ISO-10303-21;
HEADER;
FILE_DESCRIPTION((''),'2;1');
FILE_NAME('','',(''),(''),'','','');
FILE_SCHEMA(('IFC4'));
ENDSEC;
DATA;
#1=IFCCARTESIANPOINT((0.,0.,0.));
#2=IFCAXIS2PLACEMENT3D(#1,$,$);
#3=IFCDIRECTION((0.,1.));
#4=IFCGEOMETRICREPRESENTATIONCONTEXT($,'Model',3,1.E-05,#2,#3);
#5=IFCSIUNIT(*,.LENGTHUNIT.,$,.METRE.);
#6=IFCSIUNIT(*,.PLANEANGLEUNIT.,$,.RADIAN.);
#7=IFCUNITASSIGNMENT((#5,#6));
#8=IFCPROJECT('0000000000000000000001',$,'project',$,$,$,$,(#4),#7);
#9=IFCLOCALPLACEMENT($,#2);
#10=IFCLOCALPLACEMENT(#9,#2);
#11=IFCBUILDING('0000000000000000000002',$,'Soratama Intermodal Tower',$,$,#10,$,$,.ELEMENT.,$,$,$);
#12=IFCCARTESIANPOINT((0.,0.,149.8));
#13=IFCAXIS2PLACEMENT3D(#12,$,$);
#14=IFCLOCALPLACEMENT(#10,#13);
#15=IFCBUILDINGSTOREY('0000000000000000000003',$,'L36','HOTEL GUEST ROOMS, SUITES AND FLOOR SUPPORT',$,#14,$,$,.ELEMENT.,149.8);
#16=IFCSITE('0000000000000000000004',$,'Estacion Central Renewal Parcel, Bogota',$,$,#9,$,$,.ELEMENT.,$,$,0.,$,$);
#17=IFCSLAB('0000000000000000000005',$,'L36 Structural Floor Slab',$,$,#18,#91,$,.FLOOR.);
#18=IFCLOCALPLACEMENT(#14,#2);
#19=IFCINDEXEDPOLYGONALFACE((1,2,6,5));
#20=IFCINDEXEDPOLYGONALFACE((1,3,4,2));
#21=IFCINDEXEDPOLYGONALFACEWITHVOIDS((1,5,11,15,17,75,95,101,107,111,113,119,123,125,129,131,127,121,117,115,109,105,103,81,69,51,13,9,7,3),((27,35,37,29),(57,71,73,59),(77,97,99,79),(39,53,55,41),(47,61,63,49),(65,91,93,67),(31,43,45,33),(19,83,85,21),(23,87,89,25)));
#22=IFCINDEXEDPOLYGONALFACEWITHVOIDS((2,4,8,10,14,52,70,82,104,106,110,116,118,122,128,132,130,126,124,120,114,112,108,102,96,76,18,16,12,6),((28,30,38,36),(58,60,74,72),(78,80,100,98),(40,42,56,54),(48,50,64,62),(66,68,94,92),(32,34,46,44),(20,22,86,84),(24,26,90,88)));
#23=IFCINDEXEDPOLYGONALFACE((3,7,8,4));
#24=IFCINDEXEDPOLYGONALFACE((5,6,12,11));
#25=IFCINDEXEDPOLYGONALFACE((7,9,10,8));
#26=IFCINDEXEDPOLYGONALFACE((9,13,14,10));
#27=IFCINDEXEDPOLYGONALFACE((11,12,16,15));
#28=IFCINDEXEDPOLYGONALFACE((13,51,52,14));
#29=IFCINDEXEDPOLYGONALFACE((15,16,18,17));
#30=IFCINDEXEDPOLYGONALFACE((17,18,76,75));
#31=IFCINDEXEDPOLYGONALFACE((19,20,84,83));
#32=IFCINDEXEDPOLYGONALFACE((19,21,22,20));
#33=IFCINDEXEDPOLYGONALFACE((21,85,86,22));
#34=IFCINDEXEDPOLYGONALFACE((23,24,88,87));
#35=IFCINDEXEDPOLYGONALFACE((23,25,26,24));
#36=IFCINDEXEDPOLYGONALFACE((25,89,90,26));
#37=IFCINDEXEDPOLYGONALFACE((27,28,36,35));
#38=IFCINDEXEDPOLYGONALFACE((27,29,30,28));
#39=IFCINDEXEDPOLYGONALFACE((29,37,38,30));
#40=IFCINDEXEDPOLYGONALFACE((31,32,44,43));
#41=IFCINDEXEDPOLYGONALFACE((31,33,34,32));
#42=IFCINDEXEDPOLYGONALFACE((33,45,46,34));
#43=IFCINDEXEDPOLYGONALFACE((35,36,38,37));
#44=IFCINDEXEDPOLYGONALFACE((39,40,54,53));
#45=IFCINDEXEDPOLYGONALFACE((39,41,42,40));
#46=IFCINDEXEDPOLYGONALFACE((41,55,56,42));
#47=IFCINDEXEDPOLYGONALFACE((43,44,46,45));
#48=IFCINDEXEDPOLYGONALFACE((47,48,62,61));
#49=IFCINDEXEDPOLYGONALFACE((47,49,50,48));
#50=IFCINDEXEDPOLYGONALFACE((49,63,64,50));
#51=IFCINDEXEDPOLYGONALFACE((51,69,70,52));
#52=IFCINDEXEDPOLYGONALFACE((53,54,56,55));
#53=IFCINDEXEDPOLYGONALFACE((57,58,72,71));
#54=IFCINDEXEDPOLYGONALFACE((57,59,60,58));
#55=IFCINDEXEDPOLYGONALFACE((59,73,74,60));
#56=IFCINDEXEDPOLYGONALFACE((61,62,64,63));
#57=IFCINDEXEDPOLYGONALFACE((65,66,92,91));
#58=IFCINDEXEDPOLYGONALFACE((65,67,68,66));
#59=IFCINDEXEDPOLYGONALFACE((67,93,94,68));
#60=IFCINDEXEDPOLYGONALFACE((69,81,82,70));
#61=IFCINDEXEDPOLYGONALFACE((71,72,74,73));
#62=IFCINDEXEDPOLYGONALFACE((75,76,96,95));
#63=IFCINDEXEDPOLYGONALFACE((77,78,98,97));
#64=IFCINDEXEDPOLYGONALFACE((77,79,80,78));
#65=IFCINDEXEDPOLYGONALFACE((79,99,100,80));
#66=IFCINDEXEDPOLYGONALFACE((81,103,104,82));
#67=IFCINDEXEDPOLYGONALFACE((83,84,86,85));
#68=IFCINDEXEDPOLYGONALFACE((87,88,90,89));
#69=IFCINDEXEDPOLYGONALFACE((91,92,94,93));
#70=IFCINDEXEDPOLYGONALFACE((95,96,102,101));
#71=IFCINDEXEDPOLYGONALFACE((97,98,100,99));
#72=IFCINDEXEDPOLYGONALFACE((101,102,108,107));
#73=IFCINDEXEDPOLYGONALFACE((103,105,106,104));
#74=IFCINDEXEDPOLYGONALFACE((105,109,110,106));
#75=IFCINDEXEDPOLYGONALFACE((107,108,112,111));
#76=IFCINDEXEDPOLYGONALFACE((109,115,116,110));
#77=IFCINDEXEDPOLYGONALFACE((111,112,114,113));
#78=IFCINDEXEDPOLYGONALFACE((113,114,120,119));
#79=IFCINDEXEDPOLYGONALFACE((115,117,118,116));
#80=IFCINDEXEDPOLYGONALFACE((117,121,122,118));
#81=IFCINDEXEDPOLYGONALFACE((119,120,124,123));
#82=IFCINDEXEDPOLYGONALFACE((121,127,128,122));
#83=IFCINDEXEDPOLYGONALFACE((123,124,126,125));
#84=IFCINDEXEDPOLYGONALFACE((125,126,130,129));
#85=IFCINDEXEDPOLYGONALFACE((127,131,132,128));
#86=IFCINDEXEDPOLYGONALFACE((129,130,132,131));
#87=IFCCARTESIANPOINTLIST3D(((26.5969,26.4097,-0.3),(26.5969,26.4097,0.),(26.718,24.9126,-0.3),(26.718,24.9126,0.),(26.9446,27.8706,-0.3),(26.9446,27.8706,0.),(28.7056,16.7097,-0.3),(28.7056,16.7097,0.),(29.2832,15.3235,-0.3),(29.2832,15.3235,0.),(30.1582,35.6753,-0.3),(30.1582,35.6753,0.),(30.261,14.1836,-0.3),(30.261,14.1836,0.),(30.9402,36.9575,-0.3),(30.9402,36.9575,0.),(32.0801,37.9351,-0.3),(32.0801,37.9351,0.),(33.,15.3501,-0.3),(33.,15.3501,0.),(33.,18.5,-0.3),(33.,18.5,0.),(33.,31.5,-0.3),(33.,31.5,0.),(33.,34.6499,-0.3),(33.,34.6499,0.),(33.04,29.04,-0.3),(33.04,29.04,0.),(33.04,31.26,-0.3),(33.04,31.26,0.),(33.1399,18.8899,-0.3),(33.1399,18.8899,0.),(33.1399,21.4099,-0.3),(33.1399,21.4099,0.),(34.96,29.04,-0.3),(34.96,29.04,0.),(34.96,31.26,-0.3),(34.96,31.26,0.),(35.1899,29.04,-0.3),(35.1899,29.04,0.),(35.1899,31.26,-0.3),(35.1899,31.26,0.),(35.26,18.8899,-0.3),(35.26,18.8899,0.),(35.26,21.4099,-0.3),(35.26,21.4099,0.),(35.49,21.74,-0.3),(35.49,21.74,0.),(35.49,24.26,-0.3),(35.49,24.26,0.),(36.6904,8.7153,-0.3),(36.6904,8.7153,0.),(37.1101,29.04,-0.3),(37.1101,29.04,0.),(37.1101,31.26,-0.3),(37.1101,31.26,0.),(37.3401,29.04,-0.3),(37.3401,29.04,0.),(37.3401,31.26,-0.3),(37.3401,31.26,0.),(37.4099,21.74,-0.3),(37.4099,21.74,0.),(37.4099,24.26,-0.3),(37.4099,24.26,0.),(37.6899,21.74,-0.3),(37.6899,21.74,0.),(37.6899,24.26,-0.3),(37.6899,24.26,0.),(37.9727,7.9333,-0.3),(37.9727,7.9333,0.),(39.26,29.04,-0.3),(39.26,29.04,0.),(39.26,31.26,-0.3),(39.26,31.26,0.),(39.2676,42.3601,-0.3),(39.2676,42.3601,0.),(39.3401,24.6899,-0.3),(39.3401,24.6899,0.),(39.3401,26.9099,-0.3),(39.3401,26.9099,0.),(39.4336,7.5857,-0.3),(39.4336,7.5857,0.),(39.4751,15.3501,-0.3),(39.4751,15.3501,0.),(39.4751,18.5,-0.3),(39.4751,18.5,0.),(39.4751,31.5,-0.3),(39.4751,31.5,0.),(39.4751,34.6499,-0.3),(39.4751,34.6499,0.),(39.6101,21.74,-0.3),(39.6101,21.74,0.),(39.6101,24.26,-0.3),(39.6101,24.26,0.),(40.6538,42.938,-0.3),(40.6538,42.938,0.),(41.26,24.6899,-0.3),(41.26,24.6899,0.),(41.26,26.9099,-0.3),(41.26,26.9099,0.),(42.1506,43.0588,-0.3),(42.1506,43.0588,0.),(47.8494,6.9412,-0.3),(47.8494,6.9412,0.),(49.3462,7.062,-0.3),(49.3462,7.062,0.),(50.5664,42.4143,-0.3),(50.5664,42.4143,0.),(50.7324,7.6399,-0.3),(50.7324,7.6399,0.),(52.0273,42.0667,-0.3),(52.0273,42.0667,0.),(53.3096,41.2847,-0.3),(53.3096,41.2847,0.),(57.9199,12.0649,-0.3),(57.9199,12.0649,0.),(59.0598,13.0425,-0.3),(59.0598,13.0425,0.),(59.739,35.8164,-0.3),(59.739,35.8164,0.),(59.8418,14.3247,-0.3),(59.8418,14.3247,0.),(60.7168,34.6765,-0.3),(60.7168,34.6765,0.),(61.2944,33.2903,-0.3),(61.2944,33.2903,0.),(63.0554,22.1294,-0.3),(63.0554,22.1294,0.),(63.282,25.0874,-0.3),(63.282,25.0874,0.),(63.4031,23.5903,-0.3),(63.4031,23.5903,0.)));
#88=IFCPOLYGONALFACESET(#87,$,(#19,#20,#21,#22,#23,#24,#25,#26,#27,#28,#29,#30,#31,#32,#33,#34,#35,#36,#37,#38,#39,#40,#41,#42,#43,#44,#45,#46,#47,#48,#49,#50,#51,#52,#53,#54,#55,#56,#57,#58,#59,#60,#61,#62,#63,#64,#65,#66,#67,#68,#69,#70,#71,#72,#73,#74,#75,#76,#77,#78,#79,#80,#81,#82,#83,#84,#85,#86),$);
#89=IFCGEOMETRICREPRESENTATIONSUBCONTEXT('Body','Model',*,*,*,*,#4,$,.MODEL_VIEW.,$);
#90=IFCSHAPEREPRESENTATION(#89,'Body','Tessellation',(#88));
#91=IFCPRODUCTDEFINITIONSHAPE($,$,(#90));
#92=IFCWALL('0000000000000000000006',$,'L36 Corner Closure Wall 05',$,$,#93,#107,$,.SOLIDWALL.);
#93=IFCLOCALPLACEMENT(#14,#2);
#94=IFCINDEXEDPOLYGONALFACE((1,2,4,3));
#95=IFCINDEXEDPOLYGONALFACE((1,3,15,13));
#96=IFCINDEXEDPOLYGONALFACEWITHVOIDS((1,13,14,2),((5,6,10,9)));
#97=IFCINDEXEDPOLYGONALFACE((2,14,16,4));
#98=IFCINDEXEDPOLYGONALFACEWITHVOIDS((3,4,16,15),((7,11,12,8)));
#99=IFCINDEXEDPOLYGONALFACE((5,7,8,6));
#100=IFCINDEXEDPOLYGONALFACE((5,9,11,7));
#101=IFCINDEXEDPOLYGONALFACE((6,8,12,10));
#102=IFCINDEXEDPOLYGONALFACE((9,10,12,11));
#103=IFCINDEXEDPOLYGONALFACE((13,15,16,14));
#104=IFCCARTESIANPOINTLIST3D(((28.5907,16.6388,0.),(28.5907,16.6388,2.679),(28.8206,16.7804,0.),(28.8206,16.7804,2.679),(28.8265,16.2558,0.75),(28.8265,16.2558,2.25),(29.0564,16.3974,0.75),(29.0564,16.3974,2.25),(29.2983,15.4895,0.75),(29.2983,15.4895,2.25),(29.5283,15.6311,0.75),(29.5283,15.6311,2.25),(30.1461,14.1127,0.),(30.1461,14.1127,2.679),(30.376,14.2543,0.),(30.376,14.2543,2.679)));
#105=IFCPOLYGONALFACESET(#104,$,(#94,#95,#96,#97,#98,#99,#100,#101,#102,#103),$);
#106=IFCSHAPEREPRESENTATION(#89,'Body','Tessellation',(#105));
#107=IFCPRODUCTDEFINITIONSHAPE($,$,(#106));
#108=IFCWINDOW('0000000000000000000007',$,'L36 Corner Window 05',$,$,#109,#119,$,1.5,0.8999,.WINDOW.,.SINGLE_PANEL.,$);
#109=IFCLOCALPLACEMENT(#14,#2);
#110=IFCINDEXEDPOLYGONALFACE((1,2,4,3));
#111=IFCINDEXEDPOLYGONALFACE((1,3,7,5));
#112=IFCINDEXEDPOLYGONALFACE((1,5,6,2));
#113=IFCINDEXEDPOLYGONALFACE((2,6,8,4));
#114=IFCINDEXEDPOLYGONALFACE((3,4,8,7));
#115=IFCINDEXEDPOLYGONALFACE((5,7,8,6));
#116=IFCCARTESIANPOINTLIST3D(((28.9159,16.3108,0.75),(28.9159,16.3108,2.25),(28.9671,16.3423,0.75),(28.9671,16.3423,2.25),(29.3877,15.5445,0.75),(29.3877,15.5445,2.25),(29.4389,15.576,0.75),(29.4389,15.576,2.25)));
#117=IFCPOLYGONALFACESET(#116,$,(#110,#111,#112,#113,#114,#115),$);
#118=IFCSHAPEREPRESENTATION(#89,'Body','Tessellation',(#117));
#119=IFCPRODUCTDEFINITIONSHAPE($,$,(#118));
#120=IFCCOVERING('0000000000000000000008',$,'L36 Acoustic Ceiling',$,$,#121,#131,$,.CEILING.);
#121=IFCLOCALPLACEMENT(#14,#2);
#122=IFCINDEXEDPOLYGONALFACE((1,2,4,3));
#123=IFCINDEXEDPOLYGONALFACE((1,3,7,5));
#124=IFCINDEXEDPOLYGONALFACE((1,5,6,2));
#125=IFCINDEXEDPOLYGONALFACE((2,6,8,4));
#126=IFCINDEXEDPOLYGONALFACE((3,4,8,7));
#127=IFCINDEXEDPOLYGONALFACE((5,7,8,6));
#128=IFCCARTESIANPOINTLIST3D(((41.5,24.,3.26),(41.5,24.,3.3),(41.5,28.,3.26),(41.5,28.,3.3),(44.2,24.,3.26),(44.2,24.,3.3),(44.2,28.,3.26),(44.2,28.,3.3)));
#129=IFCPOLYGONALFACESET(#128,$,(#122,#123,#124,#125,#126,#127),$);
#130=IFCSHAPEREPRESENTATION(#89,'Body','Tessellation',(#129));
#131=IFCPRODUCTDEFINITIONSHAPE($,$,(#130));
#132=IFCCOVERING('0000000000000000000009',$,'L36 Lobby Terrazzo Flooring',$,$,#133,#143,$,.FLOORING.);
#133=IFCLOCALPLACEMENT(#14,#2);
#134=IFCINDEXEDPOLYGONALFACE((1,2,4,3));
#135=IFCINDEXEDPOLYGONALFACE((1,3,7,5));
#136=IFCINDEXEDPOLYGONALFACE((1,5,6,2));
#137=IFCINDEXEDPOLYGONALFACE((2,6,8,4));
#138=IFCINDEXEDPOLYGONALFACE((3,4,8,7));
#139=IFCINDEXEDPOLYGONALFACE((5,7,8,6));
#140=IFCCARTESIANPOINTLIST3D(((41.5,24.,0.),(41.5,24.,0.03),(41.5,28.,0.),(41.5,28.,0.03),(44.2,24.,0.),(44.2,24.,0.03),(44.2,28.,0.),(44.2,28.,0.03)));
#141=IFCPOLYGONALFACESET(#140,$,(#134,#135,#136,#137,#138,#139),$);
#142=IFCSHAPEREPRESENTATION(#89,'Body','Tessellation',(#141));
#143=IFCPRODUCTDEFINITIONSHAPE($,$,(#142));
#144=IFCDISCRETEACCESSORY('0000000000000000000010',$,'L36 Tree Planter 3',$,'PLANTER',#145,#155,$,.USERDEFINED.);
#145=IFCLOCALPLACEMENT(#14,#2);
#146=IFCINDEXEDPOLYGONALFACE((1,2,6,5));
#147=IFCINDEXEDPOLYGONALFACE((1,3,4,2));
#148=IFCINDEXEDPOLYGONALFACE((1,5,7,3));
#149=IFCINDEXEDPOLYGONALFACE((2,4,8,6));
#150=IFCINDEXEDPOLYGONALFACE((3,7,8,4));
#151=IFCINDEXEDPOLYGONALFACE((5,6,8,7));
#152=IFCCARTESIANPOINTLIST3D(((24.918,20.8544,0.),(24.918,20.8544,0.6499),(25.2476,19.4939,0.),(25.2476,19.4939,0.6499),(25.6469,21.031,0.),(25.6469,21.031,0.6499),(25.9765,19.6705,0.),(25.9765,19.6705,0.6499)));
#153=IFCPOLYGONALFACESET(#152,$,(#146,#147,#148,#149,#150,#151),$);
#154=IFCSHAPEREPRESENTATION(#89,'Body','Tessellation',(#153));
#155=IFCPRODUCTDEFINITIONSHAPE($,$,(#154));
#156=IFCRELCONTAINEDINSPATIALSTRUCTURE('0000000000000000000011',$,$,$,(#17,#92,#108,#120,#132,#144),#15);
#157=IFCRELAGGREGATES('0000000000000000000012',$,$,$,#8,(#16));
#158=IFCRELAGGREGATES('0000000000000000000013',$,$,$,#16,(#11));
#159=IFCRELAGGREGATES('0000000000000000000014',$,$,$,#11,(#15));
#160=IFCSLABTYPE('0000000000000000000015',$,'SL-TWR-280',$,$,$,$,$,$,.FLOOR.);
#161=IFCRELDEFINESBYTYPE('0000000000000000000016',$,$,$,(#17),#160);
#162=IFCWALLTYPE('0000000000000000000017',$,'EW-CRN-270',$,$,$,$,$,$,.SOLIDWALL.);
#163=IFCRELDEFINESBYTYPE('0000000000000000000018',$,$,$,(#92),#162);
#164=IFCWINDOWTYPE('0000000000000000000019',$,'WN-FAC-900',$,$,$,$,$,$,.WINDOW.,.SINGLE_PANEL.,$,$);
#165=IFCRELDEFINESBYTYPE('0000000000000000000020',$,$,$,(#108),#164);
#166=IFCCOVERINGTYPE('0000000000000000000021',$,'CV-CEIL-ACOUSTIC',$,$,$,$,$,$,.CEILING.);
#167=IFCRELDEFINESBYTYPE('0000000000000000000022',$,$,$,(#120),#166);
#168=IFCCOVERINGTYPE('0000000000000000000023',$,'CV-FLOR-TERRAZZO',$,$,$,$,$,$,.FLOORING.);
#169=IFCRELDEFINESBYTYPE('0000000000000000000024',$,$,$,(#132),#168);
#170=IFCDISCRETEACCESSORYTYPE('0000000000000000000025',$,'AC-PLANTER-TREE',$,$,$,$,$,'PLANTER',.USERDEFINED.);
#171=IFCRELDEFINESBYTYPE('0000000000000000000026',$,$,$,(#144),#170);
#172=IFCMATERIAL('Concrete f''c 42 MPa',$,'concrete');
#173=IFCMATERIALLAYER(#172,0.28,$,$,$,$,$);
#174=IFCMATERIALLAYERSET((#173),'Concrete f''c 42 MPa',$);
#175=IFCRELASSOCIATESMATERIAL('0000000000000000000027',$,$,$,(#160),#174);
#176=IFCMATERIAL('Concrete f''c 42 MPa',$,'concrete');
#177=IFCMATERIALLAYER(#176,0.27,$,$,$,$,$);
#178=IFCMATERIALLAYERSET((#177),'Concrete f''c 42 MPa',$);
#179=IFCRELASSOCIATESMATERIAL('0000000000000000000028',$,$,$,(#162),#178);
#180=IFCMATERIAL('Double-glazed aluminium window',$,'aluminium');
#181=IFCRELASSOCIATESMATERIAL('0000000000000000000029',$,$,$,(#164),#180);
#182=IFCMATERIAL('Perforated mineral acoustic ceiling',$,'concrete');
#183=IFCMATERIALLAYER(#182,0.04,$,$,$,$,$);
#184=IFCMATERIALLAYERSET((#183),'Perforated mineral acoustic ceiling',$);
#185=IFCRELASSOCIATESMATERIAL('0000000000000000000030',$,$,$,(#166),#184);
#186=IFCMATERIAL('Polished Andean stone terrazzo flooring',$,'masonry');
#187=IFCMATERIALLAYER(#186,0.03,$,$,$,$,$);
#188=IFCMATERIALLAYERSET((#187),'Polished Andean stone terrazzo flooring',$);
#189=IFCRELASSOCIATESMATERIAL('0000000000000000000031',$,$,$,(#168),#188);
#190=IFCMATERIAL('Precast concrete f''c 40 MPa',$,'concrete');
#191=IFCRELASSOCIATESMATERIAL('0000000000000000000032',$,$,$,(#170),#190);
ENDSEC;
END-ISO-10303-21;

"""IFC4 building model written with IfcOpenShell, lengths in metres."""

from ifc_helpers import new_model, si_unit, direction, frame, frame_2d, origin, origin_2d, place, context, subcontext, project, spatial, polyline, rectangle, outline, extrude, material, layer, layer_set, type_object, element, fill, save


model = new_model("IFC4")

# Units and contexts
model_context = context("Model", 3, precision=1e-05, world=origin(), true_north=direction((0.0, 1.0)))
body_context = subcontext(model_context, "Body", "Model", "MODEL_VIEW")
ifc_project = project(units=[si_unit("LENGTHUNIT", "METRE"), si_unit("PLANEANGLEUNIT", "RADIAN")], contexts=[model_context])

# Site, building, storey
site_placement = place(None, origin())
site = spatial("IfcSite", under=ifc_project, at=site_placement, Name="Estacion Central Renewal Parcel, Bogota", CompositionType="ELEMENT", RefElevation=0.0)
building_placement = place(site_placement, origin())
building = spatial("IfcBuilding", under=site, at=building_placement, Name="Soratama Intermodal Tower", CompositionType="ELEMENT")
storey_placement = place(building_placement, frame((0.0, 0.0, 149.8)))
storey = spatial("IfcBuildingStorey", under=building, at=storey_placement, Name="L36", Description="HOTEL GUEST ROOMS, SUITES AND FLOOR SUPPORT", CompositionType="ELEMENT", Elevation=149.8)

# Slab
ifc_material_1 = material(Name="Concrete f'c 42 MPa", Category="concrete")
ifc_layer_1 = layer(ifc_material_1, 0.28)
ifc_layer_set_1 = layer_set([ifc_layer_1], Name="Concrete f'c 42 MPa")
slab_type_1 = type_object("IfcSlabType", Name="SL-TWR-280", PredefinedType="FLOOR", material=ifc_layer_set_1)
slab_1_placement = place(storey_placement, frame((0.0, 0.0, -0.3)))
element("IfcSlab", 1, at=slab_1_placement, inside=storey, type_object=slab_type_1, Name="L36 Structural Floor Slab", PredefinedType="FLOOR", context=body_context, shape_type="SweptSolid", body=[
    extrude(outline(polyline([(61.2944, 33.2903), (60.7168, 34.6765), (59.739, 35.8164), (53.3096, 41.2847), (52.0273, 42.0667), (50.5664, 42.4143), (42.1506, 43.0588), (40.6538, 42.938), (39.2676, 42.3601), (32.0801, 37.9351), (30.9402, 36.9575), (30.1582, 35.6753), (26.9446, 27.8706), (26.5969, 26.4097), (26.718, 24.9126), (28.7056, 16.7097), (29.2832, 15.3235), (30.261, 14.1836), (36.6904, 8.7153), (37.9727, 7.9333), (39.4336, 7.5857), (47.8494, 6.9412), (49.3462, 7.062), (50.7324, 7.6399), (57.9199, 12.0649), (59.0598, 13.0425), (59.8418, 14.3247), (63.0554, 22.1294), (63.4031, 23.5903), (63.282, 25.0874), (61.2944, 33.2903)]), holes=[polyline([(33.0, 18.5), (33.0, 15.3501), (39.4751, 15.3501), (39.4751, 18.5), (33.0, 18.5)]), polyline([(35.26, 21.4099), (33.1399, 21.4099), (33.1399, 18.8899), (35.26, 18.8899), (35.26, 21.4099)]), polyline([(37.4099, 24.26), (35.49, 24.26), (35.49, 21.74), (37.4099, 21.74), (37.4099, 24.26)]), polyline([(39.6101, 24.26), (37.6899, 24.26), (37.6899, 21.74), (39.6101, 21.74), (39.6101, 24.26)]), polyline([(41.26, 26.9099), (39.3401, 26.9099), (39.3401, 24.6899), (41.26, 24.6899), (41.26, 26.9099)]), polyline([(34.96, 31.26), (33.04, 31.26), (33.04, 29.04), (34.96, 29.04), (34.96, 31.26)]), polyline([(37.1101, 31.26), (35.1899, 31.26), (35.1899, 29.04), (37.1101, 29.04), (37.1101, 31.26)]), polyline([(39.26, 29.04), (39.26, 31.26), (37.3401, 31.26), (37.3401, 29.04), (39.26, 29.04)]), polyline([(39.4751, 34.6499), (33.0, 34.6499), (33.0, 31.5), (39.4751, 31.5), (39.4751, 34.6499)])]), origin(), (0.0, 0.0, 1.0), 0.3),
])

# Wall, opening, window
ifc_material_2 = material(Name="Concrete f'c 42 MPa", Category="concrete")
ifc_layer_2 = layer(ifc_material_2, 0.27)
ifc_layer_set_2 = layer_set([ifc_layer_2], Name="Concrete f'c 42 MPa")
wall_type = type_object("IfcWallType", Name="EW-CRN-270", PredefinedType="SOLIDWALL", material=ifc_layer_set_2)
wall_placement = place(storey_placement, frame((28.7056, 16.7097, 0.0), z_axis=(0.0, 0.0, 1.0), x_axis=(0.524313, -0.851525, 0.0)))
wall = element("IfcWall", 2, at=wall_placement, inside=storey, type_object=wall_type, Name="L36 Corner Closure Wall 05", PredefinedType="SOLIDWALL", context=body_context, shape_type="SweptSolid", body=[
    extrude(rectangle(XDim=2.9666, YDim=0.27, at=frame_2d((1.4834, 0.0))), origin(), (0.0, 0.0, 1.0), 2.679),
])
opening_placement = place(wall_placement, frame((0.45, 0.0, 0.75)))
opening = element("IfcOpeningElement", 3, at=opening_placement, cuts=wall, PredefinedType="OPENING", context=body_context, shape_type="SweptSolid", body=[
    extrude(rectangle(XDim=0.8999, YDim=1.5, at=frame_2d((0.45, 0.75))), frame((0.0, 0.145, 0.0), z_axis=(0.0, -1.0, 0.0), x_axis=(1.0, 0.0, 0.0)), (0.0, 0.0, 1.0), 0.29),
])
ifc_material_3 = material(Name="Double-glazed aluminium window", Category="aluminium")
window_type = type_object("IfcWindowType", Name="WN-FAC-900", PartitioningType="SINGLE_PANEL", PredefinedType="WINDOW", material=ifc_material_3)
window_placement = place(opening_placement, origin())
window = element("IfcWindow", 4, at=window_placement, inside=storey, type_object=window_type, Name="L36 Corner Window 05", OverallHeight=1.5, OverallWidth=0.8999, PartitioningType="SINGLE_PANEL", PredefinedType="WINDOW", context=body_context, shape_type="SweptSolid", body=[
    extrude(rectangle(XDim=0.8999, YDim=1.5, at=frame_2d((0.45, 0.75))), frame((0.0, 0.03, 0.0), z_axis=(0.0, -1.0, 0.0), x_axis=(1.0, 0.0, 0.0)), (0.0, 0.0, 1.0), 0.0601),
])
fill(opening, window)

# Coverings
ifc_material_4 = material(Name="Perforated mineral acoustic ceiling", Category="concrete")
ifc_layer_3 = layer(ifc_material_4, 0.04)
ifc_layer_set_3 = layer_set([ifc_layer_3], Name="Perforated mineral acoustic ceiling")
covering_type_1 = type_object("IfcCoveringType", Name="CV-CEIL-ACOUSTIC", PredefinedType="CEILING", material=ifc_layer_set_3)
covering_1_placement = place(storey_placement, frame((0.0, 0.0, 3.26)))
element("IfcCovering", 5, at=covering_1_placement, inside=storey, type_object=covering_type_1, Name="L36 Acoustic Ceiling", PredefinedType="CEILING", context=body_context, shape_type="SweptSolid", body=[
    extrude(outline(polyline([(41.5, 24.0), (44.2, 24.0), (44.2, 28.0), (41.5, 28.0), (41.5, 24.0)])), origin(), (0.0, 0.0, 1.0), 0.04),
])
ifc_material_5 = material(Name="Polished Andean stone terrazzo flooring", Category="masonry")
ifc_layer_4 = layer(ifc_material_5, 0.03)
ifc_layer_set_4 = layer_set([ifc_layer_4], Name="Polished Andean stone terrazzo flooring")
covering_type_2 = type_object("IfcCoveringType", Name="CV-FLOR-TERRAZZO", PredefinedType="FLOORING", material=ifc_layer_set_4)
covering_2_placement = place(storey_placement, origin())
element("IfcCovering", 6, at=covering_2_placement, inside=storey, type_object=covering_type_2, Name="L36 Lobby Terrazzo Flooring", PredefinedType="FLOORING", context=body_context, shape_type="SweptSolid", body=[
    extrude(outline(polyline([(41.5, 24.0), (44.2, 24.0), (44.2, 28.0), (41.5, 28.0), (41.5, 24.0)])), origin(), (0.0, 0.0, 1.0), 0.03),
])

# Discrete accessory
ifc_material_6 = material(Name="Precast concrete f'c 40 MPa", Category="concrete")
discrete_accessory_type = type_object("IfcDiscreteAccessoryType", Name="AC-PLANTER-TREE", ElementType="PLANTER", PredefinedType="USERDEFINED", material=ifc_material_6)
discrete_accessory_placement = place(storey_placement, frame((25.4473, 20.2625, 0.0), z_axis=(0.0, 0.0, 1.0), x_axis=(-0.971879, -0.235481, 0.0)))
element("IfcDiscreteAccessory", 7, at=discrete_accessory_placement, inside=storey, type_object=discrete_accessory_type, Name="L36 Tree Planter 3", ObjectType="PLANTER", PredefinedType="USERDEFINED", context=body_context, shape_type="SweptSolid", body=[
    extrude(rectangle(XDim=0.75, YDim=1.3999, at=origin_2d()), origin(), (0.0, 0.0, 1.0), 0.6499),
])

save(model, "model.ifc")
